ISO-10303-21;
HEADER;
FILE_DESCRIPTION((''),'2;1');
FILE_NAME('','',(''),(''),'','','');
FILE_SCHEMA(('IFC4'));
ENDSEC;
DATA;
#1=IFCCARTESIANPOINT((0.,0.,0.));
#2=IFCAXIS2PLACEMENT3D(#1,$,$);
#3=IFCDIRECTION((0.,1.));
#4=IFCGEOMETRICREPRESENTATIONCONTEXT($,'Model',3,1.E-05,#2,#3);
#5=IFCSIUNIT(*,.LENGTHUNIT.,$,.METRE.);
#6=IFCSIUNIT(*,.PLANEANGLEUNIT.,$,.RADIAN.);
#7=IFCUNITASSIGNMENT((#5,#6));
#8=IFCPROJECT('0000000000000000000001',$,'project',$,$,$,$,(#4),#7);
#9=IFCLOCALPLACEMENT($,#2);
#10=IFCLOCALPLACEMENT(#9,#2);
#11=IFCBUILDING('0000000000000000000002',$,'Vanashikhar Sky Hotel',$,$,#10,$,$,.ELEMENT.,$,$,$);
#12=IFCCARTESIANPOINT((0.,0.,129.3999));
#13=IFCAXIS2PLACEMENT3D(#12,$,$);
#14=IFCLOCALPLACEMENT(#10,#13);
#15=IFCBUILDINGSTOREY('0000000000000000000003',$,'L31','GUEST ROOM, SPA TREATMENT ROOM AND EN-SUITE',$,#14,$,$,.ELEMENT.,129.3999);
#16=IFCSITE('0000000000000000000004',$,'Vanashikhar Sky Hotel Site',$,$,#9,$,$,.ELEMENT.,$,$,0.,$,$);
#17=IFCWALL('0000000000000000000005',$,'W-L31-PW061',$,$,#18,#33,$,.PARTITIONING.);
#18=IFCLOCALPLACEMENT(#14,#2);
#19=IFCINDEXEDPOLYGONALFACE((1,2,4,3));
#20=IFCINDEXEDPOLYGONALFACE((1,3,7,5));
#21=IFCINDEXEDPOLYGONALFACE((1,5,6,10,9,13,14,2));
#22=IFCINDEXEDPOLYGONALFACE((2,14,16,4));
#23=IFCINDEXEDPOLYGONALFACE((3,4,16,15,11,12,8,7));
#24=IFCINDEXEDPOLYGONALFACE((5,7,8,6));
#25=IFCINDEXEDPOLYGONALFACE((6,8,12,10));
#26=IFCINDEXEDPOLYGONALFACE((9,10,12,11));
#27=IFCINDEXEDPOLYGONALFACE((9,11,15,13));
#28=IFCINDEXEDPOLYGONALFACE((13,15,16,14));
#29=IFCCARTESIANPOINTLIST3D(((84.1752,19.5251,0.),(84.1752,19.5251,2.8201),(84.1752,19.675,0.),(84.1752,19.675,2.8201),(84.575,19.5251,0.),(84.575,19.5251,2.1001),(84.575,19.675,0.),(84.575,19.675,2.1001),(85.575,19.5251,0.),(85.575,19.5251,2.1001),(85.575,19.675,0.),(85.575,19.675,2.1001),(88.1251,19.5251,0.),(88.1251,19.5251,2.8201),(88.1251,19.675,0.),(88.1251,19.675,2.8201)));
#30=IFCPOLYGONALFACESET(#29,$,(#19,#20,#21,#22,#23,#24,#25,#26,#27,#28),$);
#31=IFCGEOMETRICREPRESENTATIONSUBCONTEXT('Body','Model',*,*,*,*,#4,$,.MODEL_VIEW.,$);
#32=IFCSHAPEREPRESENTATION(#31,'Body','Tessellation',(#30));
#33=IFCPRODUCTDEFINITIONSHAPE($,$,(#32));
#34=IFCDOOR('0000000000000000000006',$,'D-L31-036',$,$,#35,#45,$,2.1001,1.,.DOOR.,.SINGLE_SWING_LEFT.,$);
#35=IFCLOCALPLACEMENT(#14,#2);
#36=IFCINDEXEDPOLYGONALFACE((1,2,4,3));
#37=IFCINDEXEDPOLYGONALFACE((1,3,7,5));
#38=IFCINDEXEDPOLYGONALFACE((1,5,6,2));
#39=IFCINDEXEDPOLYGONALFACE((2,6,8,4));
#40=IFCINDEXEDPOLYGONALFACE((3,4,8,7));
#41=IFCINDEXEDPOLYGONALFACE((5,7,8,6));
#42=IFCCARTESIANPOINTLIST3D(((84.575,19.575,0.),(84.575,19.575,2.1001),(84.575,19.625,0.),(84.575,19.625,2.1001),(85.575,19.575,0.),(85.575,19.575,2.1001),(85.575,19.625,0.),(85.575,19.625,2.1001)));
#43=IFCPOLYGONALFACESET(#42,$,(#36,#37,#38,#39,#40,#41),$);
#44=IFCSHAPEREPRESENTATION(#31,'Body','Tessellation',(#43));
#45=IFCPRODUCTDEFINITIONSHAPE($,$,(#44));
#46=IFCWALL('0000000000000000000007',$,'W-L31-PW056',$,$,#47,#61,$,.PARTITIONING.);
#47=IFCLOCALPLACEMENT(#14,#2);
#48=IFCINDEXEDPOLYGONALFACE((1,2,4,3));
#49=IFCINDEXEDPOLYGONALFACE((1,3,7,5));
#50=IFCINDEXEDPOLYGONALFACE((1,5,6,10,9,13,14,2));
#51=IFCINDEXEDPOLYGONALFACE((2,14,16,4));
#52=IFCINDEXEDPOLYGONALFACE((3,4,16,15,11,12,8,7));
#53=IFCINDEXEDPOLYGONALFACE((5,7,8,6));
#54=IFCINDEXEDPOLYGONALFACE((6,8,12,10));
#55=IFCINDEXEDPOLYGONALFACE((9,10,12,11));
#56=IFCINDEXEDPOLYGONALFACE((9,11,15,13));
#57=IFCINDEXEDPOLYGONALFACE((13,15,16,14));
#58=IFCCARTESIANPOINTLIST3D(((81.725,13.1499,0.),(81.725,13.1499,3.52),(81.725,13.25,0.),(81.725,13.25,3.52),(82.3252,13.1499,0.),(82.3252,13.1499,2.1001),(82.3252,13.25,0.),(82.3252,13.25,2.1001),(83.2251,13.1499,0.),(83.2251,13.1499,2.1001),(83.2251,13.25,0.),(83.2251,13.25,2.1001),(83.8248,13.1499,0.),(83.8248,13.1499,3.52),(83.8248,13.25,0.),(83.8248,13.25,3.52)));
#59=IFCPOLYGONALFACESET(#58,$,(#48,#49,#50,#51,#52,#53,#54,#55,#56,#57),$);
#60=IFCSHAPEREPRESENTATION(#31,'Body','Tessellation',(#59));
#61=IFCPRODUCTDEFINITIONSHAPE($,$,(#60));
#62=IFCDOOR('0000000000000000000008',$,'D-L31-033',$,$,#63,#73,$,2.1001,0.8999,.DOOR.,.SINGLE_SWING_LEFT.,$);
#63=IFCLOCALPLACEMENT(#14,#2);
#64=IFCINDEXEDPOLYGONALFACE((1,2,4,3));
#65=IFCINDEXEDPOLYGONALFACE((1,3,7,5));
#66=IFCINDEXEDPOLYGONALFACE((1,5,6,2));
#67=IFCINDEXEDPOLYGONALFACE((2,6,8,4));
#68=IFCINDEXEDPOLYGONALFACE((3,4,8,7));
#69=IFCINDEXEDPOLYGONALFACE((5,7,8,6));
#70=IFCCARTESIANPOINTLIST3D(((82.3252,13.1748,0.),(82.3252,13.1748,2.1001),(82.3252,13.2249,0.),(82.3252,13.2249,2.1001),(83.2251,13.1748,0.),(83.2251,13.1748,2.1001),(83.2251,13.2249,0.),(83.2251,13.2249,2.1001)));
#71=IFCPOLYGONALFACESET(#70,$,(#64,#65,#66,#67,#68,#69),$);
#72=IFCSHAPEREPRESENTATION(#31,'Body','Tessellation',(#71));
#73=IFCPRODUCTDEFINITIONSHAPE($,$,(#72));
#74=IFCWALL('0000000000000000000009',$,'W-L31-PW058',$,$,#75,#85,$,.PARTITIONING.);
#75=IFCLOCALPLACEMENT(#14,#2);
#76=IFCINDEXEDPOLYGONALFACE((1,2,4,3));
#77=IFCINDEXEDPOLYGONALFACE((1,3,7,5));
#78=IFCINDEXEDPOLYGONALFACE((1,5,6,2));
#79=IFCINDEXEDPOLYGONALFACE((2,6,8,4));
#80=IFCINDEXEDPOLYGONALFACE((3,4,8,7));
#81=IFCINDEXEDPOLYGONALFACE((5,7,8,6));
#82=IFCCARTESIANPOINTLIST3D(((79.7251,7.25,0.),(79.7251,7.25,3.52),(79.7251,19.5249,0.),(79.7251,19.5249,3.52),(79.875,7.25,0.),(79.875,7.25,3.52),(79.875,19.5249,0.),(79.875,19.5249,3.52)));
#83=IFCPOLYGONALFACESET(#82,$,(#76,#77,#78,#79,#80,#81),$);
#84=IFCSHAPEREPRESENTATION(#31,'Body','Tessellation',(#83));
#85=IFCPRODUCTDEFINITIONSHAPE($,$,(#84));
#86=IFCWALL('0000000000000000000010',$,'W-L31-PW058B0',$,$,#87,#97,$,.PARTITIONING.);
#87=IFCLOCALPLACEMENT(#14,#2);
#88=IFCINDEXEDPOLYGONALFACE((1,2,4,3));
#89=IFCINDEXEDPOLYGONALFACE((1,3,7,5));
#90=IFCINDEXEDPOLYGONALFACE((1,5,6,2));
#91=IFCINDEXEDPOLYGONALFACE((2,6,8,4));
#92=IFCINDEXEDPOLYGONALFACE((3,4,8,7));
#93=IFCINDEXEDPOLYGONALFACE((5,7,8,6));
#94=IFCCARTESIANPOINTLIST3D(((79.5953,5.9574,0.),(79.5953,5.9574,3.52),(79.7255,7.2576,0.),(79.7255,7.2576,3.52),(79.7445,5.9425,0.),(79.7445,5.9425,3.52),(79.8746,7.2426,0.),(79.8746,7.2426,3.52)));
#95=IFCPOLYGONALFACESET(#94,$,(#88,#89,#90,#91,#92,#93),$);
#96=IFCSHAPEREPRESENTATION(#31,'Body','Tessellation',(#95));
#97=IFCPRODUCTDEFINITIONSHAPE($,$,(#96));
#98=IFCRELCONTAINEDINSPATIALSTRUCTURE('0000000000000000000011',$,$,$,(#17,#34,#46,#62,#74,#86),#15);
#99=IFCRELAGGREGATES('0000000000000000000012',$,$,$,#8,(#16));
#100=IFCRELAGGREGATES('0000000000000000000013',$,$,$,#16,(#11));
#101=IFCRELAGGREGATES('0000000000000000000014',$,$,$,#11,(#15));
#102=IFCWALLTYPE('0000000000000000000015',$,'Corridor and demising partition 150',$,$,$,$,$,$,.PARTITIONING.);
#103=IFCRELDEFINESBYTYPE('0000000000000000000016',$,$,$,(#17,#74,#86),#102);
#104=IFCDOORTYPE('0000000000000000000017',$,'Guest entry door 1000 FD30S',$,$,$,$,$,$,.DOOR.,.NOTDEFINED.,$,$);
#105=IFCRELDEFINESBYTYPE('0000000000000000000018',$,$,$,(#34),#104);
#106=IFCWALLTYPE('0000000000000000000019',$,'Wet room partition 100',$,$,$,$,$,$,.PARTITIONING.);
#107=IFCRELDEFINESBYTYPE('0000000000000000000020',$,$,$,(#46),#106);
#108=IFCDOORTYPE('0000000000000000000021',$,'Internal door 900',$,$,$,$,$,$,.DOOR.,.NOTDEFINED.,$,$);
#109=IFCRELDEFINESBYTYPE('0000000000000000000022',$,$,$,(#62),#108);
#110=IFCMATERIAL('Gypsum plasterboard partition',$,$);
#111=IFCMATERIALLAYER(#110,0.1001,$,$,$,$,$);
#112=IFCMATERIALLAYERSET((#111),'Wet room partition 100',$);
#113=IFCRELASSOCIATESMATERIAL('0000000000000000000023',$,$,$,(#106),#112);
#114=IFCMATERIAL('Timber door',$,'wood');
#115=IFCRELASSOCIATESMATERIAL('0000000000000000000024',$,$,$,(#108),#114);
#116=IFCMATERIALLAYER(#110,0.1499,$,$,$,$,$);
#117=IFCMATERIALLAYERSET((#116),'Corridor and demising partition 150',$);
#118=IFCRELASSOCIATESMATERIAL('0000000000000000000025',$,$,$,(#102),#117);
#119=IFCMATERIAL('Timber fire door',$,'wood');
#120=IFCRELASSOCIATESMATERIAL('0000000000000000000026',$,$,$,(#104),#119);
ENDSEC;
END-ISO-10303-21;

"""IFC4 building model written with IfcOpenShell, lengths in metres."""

from ifc_helpers import new_model, si_unit, direction, frame, frame_2d, origin, place, context, subcontext, project, spatial, rectangle, extrude, source, transform, mapped, material, layer, layer_set, type_object, element, fill, save


model = new_model("IFC4")

# Units and contexts
model_context = context("Model", 3, precision=1e-05, world=origin(), true_north=direction((0.0, 1.0)))
body_context = subcontext(model_context, "Body", "Model", "MODEL_VIEW")
ifc_project = project(units=[si_unit("LENGTHUNIT", "METRE"), si_unit("PLANEANGLEUNIT", "RADIAN")], contexts=[model_context])

# Site, building, storey
site_placement = place(None, origin())
site = spatial("IfcSite", under=ifc_project, at=site_placement, Name="Vanashikhar Sky Hotel Site", CompositionType="ELEMENT", RefElevation=0.0)
building_placement = place(site_placement, origin())
building = spatial("IfcBuilding", under=site, at=building_placement, Name="Vanashikhar Sky Hotel", CompositionType="ELEMENT")
storey_placement = place(building_placement, frame((0.0, 0.0, 129.3999)))
storey = spatial("IfcBuildingStorey", under=building, at=storey_placement, Name="L31", Description="GUEST ROOM, SPA TREATMENT ROOM AND EN-SUITE", CompositionType="ELEMENT", Elevation=129.3999)

# Shared definitions
ifc_material_1 = material(Name="Gypsum plasterboard partition")
ifc_layer_1 = layer(ifc_material_1, 0.1001)
ifc_layer_set_1 = layer_set([ifc_layer_1], Name="Wet room partition 100")
wall_type_1 = type_object("IfcWallType", Name="Wet room partition 100", PredefinedType="PARTITIONING", material=ifc_layer_set_1)

# Walls, openings, doors
shared_shape_1 = source(origin(), body_context, "Body", "SweptSolid", [
    extrude(rectangle(XDim=0.8999, YDim=2.1001, at=frame_2d((0.45, 1.05))), frame((0.0, 0.0601, 0.0), z_axis=(0.0, -1.0, 0.0), x_axis=(1.0, 0.0, 0.0)), (0.0, 0.0, 1.0), 0.1201),
])
ifc_material_2 = material(Name="Timber door", Category="wood")
door_type_1 = type_object("IfcDoorType", Name="Internal door 900", OperationType="NOTDEFINED", PredefinedType="DOOR", material=ifc_material_2)
shared_shape_2 = source(origin(), body_context, "Body", "SweptSolid", [
    extrude(rectangle(XDim=0.8999, YDim=2.1001, at=frame_2d((0.45, 1.05))), frame((0.0, 0.0249, 0.0), z_axis=(0.0, -1.0, 0.0), x_axis=(1.0, 0.0, 0.0)), (0.0, 0.0, 1.0), 0.05),
])
ifc_layer_2 = layer(ifc_material_1, 0.1499)
ifc_layer_set_2 = layer_set([ifc_layer_2], Name="Corridor and demising partition 150")
wall_type_2 = type_object("IfcWallType", Name="Corridor and demising partition 150", PredefinedType="PARTITIONING", material=ifc_layer_set_2)
shared_shape_3 = source(origin(), body_context, "Body", "SweptSolid", [
    extrude(rectangle(XDim=1.0, YDim=2.1001, at=frame_2d((0.5, 1.05))), frame((0.0, 0.085, 0.0), z_axis=(0.0, -1.0, 0.0), x_axis=(1.0, 0.0, 0.0)), (0.0, 0.0, 1.0), 0.1699),
])
ifc_material_3 = material(Name="Timber fire door", Category="wood")
door_type_2 = type_object("IfcDoorType", Name="Guest entry door 1000 FD30S", OperationType="NOTDEFINED", PredefinedType="DOOR", material=ifc_material_3)
shared_shape_4 = source(origin(), body_context, "Body", "SweptSolid", [
    extrude(rectangle(XDim=1.0, YDim=2.1001, at=frame_2d((0.5, 1.05))), frame((0.0, 0.0249, 0.0), z_axis=(0.0, -1.0, 0.0), x_axis=(1.0, 0.0, 0.0)), (0.0, 0.0, 1.0), 0.05),
])
shared_shape_5 = source(origin(), body_context, "Body", "SweptSolid", [
    extrude(rectangle(XDim=3.95, YDim=0.1499, at=frame_2d((1.9751, 0.0))), origin(), (0.0, 0.0, 1.0), 2.8201),
])
wall_1_placement = place(storey_placement, frame((84.175, 19.6001, 0.0), z_axis=(0.0, 0.0, 1.0), x_axis=(1.0, 0.0, 0.0)))
wall_1 = element("IfcWall", 1, at=wall_1_placement, inside=storey, type_object=wall_type_2, Name="W-L31-PW061", PredefinedType="PARTITIONING", context=body_context, shape_type="MappedRepresentation", body=[
    mapped(shared_shape_5, transform((0.0, 0.0, 0.0), scale=1.0)),
])
opening_1_placement = place(wall_1_placement, frame((0.3999, 0.0, 0.0)))
opening_1 = element("IfcOpeningElement", 2, at=opening_1_placement, cuts=wall_1, PredefinedType="OPENING", context=body_context, shape_type="MappedRepresentation", body=[
    mapped(shared_shape_3, transform((0.0, 0.0, 0.0), scale=1.0)),
])
door_1_placement = place(opening_1_placement, origin())
door_1 = element("IfcDoor", 3, at=door_1_placement, inside=storey, type_object=door_type_2, Name="D-L31-036", OperationType="SINGLE_SWING_LEFT", OverallHeight=2.1001, OverallWidth=1.0, PredefinedType="DOOR", context=body_context, shape_type="MappedRepresentation", body=[
    mapped(shared_shape_4, transform((0.0, 0.0, 0.0), scale=1.0)),
])
fill(opening_1, door_1)
shared_shape_6 = source(origin(), body_context, "Body", "SweptSolid", [
    extrude(rectangle(XDim=2.0999, YDim=0.1001, at=frame_2d((1.0498, 0.0))), origin(), (0.0, 0.0, 1.0), 3.52),
])
wall_2_placement = place(storey_placement, frame((81.7251, 13.2, 0.0), z_axis=(0.0, 0.0, 1.0), x_axis=(1.0, 0.0, 0.0)))
wall_2 = element("IfcWall", 4, at=wall_2_placement, inside=storey, type_object=wall_type_1, Name="W-L31-PW056", PredefinedType="PARTITIONING", context=body_context, shape_type="MappedRepresentation", body=[
    mapped(shared_shape_6, transform((0.0, 0.0, 0.0), scale=1.0)),
])
opening_2_placement = place(wall_2_placement, frame((0.6001, 0.0, 0.0)))
opening_2 = element("IfcOpeningElement", 5, at=opening_2_placement, cuts=wall_2, PredefinedType="OPENING", context=body_context, shape_type="MappedRepresentation", body=[
    mapped(shared_shape_1, transform((0.0, 0.0, 0.0), scale=1.0)),
])
door_2_placement = place(opening_2_placement, origin())
door_2 = element("IfcDoor", 6, at=door_2_placement, inside=storey, type_object=door_type_1, Name="D-L31-033", OperationType="SINGLE_SWING_LEFT", OverallHeight=2.1001, OverallWidth=0.8999, PredefinedType="DOOR", context=body_context, shape_type="MappedRepresentation", body=[
    mapped(shared_shape_2, transform((0.0, 0.0, 0.0), scale=1.0)),
])
fill(opening_2, door_2)

# Walls
shared_shape_7 = source(origin(), body_context, "Body", "SweptSolid", [
    extrude(rectangle(XDim=12.2749, YDim=0.1499, at=frame_2d((6.1375, 0.0))), origin(), (0.0, 0.0, 1.0), 3.52),
])
wall_3_placement = place(storey_placement, frame((79.8, 7.25, 0.0), z_axis=(0.0, 0.0, 1.0), x_axis=(0.0, 1.0, 0.0)))
element("IfcWall", 7, at=wall_3_placement, inside=storey, type_object=wall_type_2, Name="W-L31-PW058", PredefinedType="PARTITIONING", context=body_context, shape_type="MappedRepresentation", body=[
    mapped(shared_shape_7, transform((0.0, 0.0, 0.0), scale=1.0)),
])
shared_shape_8 = source(origin(), body_context, "Body", "SweptSolid", [
    extrude(rectangle(XDim=1.3066, YDim=0.1499, at=frame_2d((0.6533, 0.0))), origin(), (0.0, 0.0, 1.0), 3.52),
])
wall_4_placement = place(storey_placement, frame((79.6699, 5.95, 0.0), z_axis=(0.0, 0.0, 1.0), x_axis=(0.099596, 0.995028, 0.0)))
element("IfcWall", 8, at=wall_4_placement, inside=storey, type_object=wall_type_2, Name="W-L31-PW058B0", PredefinedType="PARTITIONING", context=body_context, shape_type="MappedRepresentation", body=[
    mapped(shared_shape_8, transform((0.0, 0.0, 0.0), scale=1.0)),
])

save(model, "model.ifc")
